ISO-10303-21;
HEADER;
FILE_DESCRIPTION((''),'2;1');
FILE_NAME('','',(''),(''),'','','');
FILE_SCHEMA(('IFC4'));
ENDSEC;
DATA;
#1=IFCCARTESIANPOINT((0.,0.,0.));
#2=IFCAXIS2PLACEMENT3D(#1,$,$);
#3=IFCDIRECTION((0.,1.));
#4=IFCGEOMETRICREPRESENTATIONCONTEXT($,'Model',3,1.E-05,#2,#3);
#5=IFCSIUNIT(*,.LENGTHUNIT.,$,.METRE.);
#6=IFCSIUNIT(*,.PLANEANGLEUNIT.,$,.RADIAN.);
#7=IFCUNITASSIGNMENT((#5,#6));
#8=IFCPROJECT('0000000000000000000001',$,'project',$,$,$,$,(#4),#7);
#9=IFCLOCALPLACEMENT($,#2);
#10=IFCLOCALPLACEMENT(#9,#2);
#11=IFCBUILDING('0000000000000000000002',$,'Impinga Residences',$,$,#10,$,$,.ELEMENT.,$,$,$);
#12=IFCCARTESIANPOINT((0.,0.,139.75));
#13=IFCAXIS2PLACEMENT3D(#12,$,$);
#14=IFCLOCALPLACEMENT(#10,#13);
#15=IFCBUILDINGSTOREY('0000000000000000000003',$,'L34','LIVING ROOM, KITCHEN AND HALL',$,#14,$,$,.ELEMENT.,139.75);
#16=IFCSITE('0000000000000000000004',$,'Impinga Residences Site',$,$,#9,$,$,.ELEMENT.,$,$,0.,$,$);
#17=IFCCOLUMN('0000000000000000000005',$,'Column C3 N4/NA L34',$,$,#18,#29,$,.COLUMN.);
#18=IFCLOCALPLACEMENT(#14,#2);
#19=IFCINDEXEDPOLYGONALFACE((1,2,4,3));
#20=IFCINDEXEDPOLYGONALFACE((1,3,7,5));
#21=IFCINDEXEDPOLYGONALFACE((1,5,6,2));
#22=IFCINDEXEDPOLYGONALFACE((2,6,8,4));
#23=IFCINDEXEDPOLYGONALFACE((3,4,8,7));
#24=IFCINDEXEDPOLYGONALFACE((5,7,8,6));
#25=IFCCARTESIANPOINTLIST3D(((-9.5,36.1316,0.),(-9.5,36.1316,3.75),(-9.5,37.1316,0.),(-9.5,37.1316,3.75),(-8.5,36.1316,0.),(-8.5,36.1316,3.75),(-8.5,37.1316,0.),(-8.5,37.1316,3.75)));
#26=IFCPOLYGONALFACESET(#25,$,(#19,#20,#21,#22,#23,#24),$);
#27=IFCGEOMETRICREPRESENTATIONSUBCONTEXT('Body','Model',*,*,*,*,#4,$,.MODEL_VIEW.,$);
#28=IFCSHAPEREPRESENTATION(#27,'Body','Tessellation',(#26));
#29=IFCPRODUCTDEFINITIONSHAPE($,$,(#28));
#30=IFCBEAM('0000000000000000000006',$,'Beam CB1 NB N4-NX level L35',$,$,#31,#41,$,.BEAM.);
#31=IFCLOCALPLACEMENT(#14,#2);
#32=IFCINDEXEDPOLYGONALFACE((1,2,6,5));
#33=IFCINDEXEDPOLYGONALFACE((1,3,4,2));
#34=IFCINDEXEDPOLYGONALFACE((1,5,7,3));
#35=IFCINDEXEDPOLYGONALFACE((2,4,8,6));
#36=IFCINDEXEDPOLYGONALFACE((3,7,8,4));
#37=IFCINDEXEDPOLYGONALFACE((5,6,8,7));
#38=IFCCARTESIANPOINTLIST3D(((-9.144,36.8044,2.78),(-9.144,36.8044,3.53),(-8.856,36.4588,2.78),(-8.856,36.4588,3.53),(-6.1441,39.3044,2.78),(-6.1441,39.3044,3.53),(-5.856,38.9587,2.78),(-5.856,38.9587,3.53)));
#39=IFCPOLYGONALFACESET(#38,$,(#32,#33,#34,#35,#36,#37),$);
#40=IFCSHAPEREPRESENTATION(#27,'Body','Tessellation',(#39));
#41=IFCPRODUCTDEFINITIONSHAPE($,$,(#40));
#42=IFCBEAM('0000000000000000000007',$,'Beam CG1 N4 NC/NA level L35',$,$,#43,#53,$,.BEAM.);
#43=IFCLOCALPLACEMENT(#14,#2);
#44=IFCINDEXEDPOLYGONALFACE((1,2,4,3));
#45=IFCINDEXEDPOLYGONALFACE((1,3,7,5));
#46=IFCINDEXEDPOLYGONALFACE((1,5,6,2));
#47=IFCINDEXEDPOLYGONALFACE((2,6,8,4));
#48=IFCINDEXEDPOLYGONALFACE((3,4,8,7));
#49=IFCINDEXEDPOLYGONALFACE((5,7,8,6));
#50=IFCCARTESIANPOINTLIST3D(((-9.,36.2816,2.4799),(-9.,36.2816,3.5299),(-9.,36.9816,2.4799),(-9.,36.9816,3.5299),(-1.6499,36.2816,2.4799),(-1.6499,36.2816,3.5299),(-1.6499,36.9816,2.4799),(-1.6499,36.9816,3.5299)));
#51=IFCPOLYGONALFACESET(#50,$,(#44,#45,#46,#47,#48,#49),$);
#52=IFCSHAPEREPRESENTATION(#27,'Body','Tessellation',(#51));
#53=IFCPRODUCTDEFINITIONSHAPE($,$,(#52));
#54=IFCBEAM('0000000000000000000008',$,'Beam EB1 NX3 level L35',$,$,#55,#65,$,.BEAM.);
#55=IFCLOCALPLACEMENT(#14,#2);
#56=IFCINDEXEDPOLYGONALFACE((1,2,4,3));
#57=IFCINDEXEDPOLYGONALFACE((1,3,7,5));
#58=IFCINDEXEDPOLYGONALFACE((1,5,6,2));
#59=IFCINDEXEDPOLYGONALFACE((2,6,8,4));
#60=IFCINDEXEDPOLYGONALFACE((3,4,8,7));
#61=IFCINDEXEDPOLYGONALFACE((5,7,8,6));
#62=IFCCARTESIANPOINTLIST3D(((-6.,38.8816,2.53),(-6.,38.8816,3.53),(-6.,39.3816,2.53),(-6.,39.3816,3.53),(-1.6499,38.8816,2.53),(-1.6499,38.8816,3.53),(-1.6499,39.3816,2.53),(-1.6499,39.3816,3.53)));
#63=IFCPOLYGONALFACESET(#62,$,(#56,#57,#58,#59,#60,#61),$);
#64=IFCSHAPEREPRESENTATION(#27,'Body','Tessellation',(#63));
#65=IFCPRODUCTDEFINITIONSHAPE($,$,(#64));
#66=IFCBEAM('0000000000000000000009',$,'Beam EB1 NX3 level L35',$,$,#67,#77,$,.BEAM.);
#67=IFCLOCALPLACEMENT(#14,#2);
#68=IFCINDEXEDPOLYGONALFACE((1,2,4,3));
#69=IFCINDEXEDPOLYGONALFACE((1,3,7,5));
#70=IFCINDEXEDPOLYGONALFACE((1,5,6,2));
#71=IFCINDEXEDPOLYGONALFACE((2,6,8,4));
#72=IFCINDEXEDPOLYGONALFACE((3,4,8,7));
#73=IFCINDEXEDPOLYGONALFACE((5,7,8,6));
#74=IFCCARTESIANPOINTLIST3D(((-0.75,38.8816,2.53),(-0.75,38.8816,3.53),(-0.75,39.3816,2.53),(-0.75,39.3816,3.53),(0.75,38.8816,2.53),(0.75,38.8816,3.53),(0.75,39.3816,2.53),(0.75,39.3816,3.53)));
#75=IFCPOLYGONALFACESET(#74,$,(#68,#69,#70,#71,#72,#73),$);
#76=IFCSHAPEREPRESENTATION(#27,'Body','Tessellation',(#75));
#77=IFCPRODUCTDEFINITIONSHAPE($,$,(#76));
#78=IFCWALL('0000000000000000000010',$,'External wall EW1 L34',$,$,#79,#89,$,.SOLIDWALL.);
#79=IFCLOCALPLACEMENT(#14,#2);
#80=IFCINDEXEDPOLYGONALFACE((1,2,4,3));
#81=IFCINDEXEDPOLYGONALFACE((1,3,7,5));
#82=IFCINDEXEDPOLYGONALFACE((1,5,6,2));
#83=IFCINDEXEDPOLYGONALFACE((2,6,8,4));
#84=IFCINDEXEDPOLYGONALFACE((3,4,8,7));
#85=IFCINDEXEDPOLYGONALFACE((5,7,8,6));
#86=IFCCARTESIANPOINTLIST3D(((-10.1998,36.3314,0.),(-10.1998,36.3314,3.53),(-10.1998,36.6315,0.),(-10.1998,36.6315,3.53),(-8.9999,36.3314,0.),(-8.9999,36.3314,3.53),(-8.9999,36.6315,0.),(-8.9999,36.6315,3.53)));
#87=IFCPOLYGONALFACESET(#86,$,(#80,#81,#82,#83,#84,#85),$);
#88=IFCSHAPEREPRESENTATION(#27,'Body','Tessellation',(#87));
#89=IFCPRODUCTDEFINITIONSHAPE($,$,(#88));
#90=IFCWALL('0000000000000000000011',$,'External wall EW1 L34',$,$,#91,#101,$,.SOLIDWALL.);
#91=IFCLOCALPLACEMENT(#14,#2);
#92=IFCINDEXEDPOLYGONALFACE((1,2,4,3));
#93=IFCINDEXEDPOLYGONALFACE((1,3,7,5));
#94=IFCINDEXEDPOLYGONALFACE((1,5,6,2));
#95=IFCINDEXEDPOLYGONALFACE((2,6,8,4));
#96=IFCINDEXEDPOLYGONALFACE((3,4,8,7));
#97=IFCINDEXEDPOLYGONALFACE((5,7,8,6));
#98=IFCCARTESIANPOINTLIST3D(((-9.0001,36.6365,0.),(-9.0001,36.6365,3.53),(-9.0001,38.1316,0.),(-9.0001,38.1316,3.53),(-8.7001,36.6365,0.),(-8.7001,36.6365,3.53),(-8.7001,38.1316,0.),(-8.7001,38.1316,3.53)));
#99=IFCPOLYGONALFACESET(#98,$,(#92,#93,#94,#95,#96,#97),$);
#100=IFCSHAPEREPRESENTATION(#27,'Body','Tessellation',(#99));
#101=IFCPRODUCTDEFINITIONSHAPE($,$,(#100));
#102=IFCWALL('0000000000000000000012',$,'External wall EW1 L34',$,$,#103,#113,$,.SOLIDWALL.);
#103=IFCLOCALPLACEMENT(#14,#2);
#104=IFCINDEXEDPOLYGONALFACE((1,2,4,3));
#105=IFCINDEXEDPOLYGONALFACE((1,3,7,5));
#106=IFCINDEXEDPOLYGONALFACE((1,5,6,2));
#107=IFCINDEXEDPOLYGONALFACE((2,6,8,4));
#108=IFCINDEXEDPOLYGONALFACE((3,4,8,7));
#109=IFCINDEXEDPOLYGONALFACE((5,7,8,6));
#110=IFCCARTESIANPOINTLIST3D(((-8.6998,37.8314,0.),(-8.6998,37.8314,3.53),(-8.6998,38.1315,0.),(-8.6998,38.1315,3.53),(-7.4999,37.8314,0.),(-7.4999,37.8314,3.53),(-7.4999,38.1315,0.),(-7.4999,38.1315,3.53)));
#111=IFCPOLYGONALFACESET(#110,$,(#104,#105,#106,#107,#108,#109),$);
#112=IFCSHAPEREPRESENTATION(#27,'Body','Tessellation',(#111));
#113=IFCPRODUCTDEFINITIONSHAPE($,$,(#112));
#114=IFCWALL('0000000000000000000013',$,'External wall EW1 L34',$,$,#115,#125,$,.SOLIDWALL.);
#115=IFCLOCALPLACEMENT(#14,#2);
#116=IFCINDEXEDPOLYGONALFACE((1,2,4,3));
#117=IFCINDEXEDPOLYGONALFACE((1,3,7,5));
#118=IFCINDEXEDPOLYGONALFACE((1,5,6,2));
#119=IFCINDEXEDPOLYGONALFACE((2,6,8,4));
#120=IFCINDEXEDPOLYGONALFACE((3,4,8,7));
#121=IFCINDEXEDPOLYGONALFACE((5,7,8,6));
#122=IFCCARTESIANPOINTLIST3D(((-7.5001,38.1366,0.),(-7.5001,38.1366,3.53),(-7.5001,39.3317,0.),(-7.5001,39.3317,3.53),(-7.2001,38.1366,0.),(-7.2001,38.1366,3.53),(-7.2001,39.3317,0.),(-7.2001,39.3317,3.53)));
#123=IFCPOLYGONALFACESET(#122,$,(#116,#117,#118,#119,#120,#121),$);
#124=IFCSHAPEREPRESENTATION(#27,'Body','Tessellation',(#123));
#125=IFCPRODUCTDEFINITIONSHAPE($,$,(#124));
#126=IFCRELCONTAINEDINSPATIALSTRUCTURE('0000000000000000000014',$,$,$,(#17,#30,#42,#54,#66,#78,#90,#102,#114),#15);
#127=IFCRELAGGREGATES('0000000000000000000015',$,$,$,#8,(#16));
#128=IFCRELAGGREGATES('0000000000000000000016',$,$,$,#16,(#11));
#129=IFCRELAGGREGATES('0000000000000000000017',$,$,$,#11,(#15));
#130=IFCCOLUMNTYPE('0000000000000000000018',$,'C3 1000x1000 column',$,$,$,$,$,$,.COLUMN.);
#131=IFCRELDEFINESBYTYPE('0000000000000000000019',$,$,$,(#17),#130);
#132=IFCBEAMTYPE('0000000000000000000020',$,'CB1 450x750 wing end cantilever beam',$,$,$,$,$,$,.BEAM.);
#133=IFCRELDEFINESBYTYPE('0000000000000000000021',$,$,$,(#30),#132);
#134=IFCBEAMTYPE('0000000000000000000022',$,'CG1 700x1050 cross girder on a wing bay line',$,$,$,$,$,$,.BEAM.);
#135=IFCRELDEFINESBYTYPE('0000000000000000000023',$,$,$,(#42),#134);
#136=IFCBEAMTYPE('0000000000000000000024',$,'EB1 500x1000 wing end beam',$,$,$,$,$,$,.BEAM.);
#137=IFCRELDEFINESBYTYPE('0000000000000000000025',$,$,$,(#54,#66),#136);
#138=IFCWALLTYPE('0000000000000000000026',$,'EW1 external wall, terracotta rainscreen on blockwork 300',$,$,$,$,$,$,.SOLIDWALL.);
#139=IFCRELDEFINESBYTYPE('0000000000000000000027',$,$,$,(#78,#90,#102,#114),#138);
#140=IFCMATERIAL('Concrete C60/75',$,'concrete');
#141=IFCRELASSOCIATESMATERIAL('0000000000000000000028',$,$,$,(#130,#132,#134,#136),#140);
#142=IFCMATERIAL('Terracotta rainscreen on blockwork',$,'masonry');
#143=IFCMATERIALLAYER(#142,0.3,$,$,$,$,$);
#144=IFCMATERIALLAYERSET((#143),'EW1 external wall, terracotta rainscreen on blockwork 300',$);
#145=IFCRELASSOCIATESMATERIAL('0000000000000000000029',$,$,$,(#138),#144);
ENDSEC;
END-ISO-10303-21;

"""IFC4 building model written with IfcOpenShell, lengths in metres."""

from ifc_helpers import new_model, si_unit, direction, frame, frame_2d, origin, origin_2d, place, context, subcontext, project, spatial, rectangle, extrude, material, layer, layer_set, material_profile, profile_set, type_object, element, save


model = new_model("IFC4")

# Units and contexts
model_context = context("Model", 3, precision=1e-05, world=origin(), true_north=direction((0.0, 1.0)))
body_context = subcontext(model_context, "Body", "Model", "MODEL_VIEW")
ifc_project = project(units=[si_unit("LENGTHUNIT", "METRE"), si_unit("PLANEANGLEUNIT", "RADIAN")], contexts=[model_context])

# Site, building, storey
site_placement = place(None, origin())
site = spatial("IfcSite", under=ifc_project, at=site_placement, Name="Impinga Residences Site", CompositionType="ELEMENT", RefElevation=0.0)
building_placement = place(site_placement, origin())
building = spatial("IfcBuilding", under=site, at=building_placement, Name="Impinga Residences", CompositionType="ELEMENT")
storey_placement = place(building_placement, frame((0.0, 0.0, 139.75)))
storey = spatial("IfcBuildingStorey", under=building, at=storey_placement, Name="L34", Description="LIVING ROOM, KITCHEN AND HALL", CompositionType="ELEMENT", Elevation=139.75)

# Column
ifc_material_1 = material(Name="Concrete C60/75", Category="concrete")
ifc_material_profile_1 = material_profile(ifc_material_1, rectangle(XDim=1.0, YDim=1.0, at=origin_2d()), Name="RC 1000x1000")
ifc_profile_set_1 = profile_set([ifc_material_profile_1], Name="Concrete C60/75")
column_type = type_object("IfcColumnType", Name="C3 1000x1000 column", PredefinedType="COLUMN", material=ifc_profile_set_1)
column_placement = place(storey_placement, frame((-9.0, 36.6316, 0.0), z_axis=(0.0, 0.0, 1.0), x_axis=(1.0, 0.0, 0.0)))
element("IfcColumn", 1, at=column_placement, inside=storey, type_object=column_type, Name="Column C3 N4/NA L34", PredefinedType="COLUMN", context=body_context, shape_type="SweptSolid", body=[
    extrude(rectangle(XDim=1.0, YDim=1.0, at=origin_2d()), origin(), (0.0, 0.0, 1.0), 3.75),
])

# Beams
ifc_material_profile_2 = material_profile(ifc_material_1, rectangle(XDim=0.45, YDim=0.75, at=origin_2d()), Name="RC 450x750")
ifc_profile_set_2 = profile_set([ifc_material_profile_2], Name="Concrete C60/75")
beam_type_1 = type_object("IfcBeamType", Name="CB1 450x750 wing end cantilever beam", PredefinedType="BEAM", material=ifc_profile_set_2)
beam_1_placement = place(storey_placement, frame((-9.0, 36.6316, 3.155), z_axis=(0.768221, 0.640184, 0.0), x_axis=(-0.640184, 0.768221, 0.0)))
element("IfcBeam", 2, at=beam_1_placement, inside=storey, type_object=beam_type_1, Name="Beam CB1 NB N4-NX level L35", PredefinedType="BEAM", context=body_context, shape_type="SweptSolid", body=[
    extrude(rectangle(XDim=0.45, YDim=0.75, at=origin_2d()), origin(), (0.0, 0.0, 1.0), 3.905),
])
ifc_material_profile_3 = material_profile(ifc_material_1, rectangle(XDim=0.7, YDim=1.05, at=origin_2d()), Name="RC 700x1050")
ifc_profile_set_3 = profile_set([ifc_material_profile_3], Name="Concrete C60/75")
beam_type_2 = type_object("IfcBeamType", Name="CG1 700x1050 cross girder on a wing bay line", PredefinedType="BEAM", material=ifc_profile_set_3)
beam_2_placement = place(storey_placement, frame((-1.6499, 36.6316, 3.0049), z_axis=(-1.0, 0.0, 0.0), x_axis=(0.0, -1.0, 0.0)))
element("IfcBeam", 3, at=beam_2_placement, inside=storey, type_object=beam_type_2, Name="Beam CG1 N4 NC/NA level L35", PredefinedType="BEAM", context=body_context, shape_type="SweptSolid", body=[
    extrude(rectangle(XDim=0.7, YDim=1.05, at=origin_2d()), origin(), (0.0, 0.0, 1.0), 7.3501),
])
ifc_material_profile_4 = material_profile(ifc_material_1, rectangle(XDim=0.5, YDim=1.0, at=origin_2d()), Name="RC 500x1000")
ifc_profile_set_4 = profile_set([ifc_material_profile_4], Name="Concrete C60/75")
beam_type_3 = type_object("IfcBeamType", Name="EB1 500x1000 wing end beam", PredefinedType="BEAM", material=ifc_profile_set_4)
beam_3_placement = place(storey_placement, frame((-6.0, 39.1316, 3.03), z_axis=(1.0, 0.0, 0.0), x_axis=(0.0, 1.0, 0.0)))
element("IfcBeam", 4, at=beam_3_placement, inside=storey, type_object=beam_type_3, Name="Beam EB1 NX3 level L35", PredefinedType="BEAM", context=body_context, shape_type="SweptSolid", body=[
    extrude(rectangle(XDim=0.5, YDim=1.0, at=origin_2d()), origin(), (0.0, 0.0, 1.0), 4.3501),
])
beam_4_placement = place(storey_placement, frame((-0.75, 39.1316, 3.03), z_axis=(1.0, 0.0, 0.0), x_axis=(0.0, 1.0, 0.0)))
element("IfcBeam", 5, at=beam_4_placement, inside=storey, type_object=beam_type_3, Name="Beam EB1 NX3 level L35", PredefinedType="BEAM", context=body_context, shape_type="SweptSolid", body=[
    extrude(rectangle(XDim=0.5, YDim=1.0, at=origin_2d()), origin(), (0.0, 0.0, 1.0), 1.5),
])

# Walls
ifc_material_2 = material(Name="Terracotta rainscreen on blockwork", Category="masonry")
ifc_layer_1 = layer(ifc_material_2, 0.3)
ifc_layer_set_1 = layer_set([ifc_layer_1], Name="EW1 external wall, terracotta rainscreen on blockwork 300")
wall_type_1 = type_object("IfcWallType", Name="EW1 external wall, terracotta rainscreen on blockwork 300", PredefinedType="SOLIDWALL", material=ifc_layer_set_1)
wall_1_placement = place(storey_placement, frame((-10.2, 36.4814, 0.0), z_axis=(0.0, 0.0, 1.0), x_axis=(1.0, 0.0, 0.0)))
element("IfcWall", 6, at=wall_1_placement, inside=storey, type_object=wall_type_1, Name="External wall EW1 L34", PredefinedType="SOLIDWALL", context=body_context, shape_type="SweptSolid", body=[
    extrude(rectangle(XDim=1.2, YDim=0.3, at=frame_2d((0.6001, 0.0))), origin(), (0.0, 0.0, 1.0), 3.53),
])
wall_2_placement = place(storey_placement, frame((-8.8501, 36.6365, 0.0), z_axis=(0.0, 0.0, 1.0), x_axis=(0.0, 1.0, 0.0)))
element("IfcWall", 7, at=wall_2_placement, inside=storey, type_object=wall_type_1, Name="External wall EW1 L34", PredefinedType="SOLIDWALL", context=body_context, shape_type="SweptSolid", body=[
    extrude(rectangle(XDim=1.4951, YDim=0.3, at=frame_2d((0.7476, 0.0))), origin(), (0.0, 0.0, 1.0), 3.53),
])
wall_3_placement = place(storey_placement, frame((-8.7, 37.9814, 0.0), z_axis=(0.0, 0.0, 1.0), x_axis=(1.0, 0.0, 0.0)))
element("IfcWall", 8, at=wall_3_placement, inside=storey, type_object=wall_type_1, Name="External wall EW1 L34", PredefinedType="SOLIDWALL", context=body_context, shape_type="SweptSolid", body=[
    extrude(rectangle(XDim=1.2, YDim=0.3, at=frame_2d((0.6001, 0.0))), origin(), (0.0, 0.0, 1.0), 3.53),
])
wall_4_placement = place(storey_placement, frame((-7.3501, 38.1365, 0.0), z_axis=(0.0, 0.0, 1.0), x_axis=(0.0, 1.0, 0.0)))
element("IfcWall", 9, at=wall_4_placement, inside=storey, type_object=wall_type_1, Name="External wall EW1 L34", PredefinedType="SOLIDWALL", context=body_context, shape_type="SweptSolid", body=[
    extrude(rectangle(XDim=1.1951, YDim=0.3, at=frame_2d((0.5977, 0.0))), origin(), (0.0, 0.0, 1.0), 3.53),
])

save(model, "model.ifc")
